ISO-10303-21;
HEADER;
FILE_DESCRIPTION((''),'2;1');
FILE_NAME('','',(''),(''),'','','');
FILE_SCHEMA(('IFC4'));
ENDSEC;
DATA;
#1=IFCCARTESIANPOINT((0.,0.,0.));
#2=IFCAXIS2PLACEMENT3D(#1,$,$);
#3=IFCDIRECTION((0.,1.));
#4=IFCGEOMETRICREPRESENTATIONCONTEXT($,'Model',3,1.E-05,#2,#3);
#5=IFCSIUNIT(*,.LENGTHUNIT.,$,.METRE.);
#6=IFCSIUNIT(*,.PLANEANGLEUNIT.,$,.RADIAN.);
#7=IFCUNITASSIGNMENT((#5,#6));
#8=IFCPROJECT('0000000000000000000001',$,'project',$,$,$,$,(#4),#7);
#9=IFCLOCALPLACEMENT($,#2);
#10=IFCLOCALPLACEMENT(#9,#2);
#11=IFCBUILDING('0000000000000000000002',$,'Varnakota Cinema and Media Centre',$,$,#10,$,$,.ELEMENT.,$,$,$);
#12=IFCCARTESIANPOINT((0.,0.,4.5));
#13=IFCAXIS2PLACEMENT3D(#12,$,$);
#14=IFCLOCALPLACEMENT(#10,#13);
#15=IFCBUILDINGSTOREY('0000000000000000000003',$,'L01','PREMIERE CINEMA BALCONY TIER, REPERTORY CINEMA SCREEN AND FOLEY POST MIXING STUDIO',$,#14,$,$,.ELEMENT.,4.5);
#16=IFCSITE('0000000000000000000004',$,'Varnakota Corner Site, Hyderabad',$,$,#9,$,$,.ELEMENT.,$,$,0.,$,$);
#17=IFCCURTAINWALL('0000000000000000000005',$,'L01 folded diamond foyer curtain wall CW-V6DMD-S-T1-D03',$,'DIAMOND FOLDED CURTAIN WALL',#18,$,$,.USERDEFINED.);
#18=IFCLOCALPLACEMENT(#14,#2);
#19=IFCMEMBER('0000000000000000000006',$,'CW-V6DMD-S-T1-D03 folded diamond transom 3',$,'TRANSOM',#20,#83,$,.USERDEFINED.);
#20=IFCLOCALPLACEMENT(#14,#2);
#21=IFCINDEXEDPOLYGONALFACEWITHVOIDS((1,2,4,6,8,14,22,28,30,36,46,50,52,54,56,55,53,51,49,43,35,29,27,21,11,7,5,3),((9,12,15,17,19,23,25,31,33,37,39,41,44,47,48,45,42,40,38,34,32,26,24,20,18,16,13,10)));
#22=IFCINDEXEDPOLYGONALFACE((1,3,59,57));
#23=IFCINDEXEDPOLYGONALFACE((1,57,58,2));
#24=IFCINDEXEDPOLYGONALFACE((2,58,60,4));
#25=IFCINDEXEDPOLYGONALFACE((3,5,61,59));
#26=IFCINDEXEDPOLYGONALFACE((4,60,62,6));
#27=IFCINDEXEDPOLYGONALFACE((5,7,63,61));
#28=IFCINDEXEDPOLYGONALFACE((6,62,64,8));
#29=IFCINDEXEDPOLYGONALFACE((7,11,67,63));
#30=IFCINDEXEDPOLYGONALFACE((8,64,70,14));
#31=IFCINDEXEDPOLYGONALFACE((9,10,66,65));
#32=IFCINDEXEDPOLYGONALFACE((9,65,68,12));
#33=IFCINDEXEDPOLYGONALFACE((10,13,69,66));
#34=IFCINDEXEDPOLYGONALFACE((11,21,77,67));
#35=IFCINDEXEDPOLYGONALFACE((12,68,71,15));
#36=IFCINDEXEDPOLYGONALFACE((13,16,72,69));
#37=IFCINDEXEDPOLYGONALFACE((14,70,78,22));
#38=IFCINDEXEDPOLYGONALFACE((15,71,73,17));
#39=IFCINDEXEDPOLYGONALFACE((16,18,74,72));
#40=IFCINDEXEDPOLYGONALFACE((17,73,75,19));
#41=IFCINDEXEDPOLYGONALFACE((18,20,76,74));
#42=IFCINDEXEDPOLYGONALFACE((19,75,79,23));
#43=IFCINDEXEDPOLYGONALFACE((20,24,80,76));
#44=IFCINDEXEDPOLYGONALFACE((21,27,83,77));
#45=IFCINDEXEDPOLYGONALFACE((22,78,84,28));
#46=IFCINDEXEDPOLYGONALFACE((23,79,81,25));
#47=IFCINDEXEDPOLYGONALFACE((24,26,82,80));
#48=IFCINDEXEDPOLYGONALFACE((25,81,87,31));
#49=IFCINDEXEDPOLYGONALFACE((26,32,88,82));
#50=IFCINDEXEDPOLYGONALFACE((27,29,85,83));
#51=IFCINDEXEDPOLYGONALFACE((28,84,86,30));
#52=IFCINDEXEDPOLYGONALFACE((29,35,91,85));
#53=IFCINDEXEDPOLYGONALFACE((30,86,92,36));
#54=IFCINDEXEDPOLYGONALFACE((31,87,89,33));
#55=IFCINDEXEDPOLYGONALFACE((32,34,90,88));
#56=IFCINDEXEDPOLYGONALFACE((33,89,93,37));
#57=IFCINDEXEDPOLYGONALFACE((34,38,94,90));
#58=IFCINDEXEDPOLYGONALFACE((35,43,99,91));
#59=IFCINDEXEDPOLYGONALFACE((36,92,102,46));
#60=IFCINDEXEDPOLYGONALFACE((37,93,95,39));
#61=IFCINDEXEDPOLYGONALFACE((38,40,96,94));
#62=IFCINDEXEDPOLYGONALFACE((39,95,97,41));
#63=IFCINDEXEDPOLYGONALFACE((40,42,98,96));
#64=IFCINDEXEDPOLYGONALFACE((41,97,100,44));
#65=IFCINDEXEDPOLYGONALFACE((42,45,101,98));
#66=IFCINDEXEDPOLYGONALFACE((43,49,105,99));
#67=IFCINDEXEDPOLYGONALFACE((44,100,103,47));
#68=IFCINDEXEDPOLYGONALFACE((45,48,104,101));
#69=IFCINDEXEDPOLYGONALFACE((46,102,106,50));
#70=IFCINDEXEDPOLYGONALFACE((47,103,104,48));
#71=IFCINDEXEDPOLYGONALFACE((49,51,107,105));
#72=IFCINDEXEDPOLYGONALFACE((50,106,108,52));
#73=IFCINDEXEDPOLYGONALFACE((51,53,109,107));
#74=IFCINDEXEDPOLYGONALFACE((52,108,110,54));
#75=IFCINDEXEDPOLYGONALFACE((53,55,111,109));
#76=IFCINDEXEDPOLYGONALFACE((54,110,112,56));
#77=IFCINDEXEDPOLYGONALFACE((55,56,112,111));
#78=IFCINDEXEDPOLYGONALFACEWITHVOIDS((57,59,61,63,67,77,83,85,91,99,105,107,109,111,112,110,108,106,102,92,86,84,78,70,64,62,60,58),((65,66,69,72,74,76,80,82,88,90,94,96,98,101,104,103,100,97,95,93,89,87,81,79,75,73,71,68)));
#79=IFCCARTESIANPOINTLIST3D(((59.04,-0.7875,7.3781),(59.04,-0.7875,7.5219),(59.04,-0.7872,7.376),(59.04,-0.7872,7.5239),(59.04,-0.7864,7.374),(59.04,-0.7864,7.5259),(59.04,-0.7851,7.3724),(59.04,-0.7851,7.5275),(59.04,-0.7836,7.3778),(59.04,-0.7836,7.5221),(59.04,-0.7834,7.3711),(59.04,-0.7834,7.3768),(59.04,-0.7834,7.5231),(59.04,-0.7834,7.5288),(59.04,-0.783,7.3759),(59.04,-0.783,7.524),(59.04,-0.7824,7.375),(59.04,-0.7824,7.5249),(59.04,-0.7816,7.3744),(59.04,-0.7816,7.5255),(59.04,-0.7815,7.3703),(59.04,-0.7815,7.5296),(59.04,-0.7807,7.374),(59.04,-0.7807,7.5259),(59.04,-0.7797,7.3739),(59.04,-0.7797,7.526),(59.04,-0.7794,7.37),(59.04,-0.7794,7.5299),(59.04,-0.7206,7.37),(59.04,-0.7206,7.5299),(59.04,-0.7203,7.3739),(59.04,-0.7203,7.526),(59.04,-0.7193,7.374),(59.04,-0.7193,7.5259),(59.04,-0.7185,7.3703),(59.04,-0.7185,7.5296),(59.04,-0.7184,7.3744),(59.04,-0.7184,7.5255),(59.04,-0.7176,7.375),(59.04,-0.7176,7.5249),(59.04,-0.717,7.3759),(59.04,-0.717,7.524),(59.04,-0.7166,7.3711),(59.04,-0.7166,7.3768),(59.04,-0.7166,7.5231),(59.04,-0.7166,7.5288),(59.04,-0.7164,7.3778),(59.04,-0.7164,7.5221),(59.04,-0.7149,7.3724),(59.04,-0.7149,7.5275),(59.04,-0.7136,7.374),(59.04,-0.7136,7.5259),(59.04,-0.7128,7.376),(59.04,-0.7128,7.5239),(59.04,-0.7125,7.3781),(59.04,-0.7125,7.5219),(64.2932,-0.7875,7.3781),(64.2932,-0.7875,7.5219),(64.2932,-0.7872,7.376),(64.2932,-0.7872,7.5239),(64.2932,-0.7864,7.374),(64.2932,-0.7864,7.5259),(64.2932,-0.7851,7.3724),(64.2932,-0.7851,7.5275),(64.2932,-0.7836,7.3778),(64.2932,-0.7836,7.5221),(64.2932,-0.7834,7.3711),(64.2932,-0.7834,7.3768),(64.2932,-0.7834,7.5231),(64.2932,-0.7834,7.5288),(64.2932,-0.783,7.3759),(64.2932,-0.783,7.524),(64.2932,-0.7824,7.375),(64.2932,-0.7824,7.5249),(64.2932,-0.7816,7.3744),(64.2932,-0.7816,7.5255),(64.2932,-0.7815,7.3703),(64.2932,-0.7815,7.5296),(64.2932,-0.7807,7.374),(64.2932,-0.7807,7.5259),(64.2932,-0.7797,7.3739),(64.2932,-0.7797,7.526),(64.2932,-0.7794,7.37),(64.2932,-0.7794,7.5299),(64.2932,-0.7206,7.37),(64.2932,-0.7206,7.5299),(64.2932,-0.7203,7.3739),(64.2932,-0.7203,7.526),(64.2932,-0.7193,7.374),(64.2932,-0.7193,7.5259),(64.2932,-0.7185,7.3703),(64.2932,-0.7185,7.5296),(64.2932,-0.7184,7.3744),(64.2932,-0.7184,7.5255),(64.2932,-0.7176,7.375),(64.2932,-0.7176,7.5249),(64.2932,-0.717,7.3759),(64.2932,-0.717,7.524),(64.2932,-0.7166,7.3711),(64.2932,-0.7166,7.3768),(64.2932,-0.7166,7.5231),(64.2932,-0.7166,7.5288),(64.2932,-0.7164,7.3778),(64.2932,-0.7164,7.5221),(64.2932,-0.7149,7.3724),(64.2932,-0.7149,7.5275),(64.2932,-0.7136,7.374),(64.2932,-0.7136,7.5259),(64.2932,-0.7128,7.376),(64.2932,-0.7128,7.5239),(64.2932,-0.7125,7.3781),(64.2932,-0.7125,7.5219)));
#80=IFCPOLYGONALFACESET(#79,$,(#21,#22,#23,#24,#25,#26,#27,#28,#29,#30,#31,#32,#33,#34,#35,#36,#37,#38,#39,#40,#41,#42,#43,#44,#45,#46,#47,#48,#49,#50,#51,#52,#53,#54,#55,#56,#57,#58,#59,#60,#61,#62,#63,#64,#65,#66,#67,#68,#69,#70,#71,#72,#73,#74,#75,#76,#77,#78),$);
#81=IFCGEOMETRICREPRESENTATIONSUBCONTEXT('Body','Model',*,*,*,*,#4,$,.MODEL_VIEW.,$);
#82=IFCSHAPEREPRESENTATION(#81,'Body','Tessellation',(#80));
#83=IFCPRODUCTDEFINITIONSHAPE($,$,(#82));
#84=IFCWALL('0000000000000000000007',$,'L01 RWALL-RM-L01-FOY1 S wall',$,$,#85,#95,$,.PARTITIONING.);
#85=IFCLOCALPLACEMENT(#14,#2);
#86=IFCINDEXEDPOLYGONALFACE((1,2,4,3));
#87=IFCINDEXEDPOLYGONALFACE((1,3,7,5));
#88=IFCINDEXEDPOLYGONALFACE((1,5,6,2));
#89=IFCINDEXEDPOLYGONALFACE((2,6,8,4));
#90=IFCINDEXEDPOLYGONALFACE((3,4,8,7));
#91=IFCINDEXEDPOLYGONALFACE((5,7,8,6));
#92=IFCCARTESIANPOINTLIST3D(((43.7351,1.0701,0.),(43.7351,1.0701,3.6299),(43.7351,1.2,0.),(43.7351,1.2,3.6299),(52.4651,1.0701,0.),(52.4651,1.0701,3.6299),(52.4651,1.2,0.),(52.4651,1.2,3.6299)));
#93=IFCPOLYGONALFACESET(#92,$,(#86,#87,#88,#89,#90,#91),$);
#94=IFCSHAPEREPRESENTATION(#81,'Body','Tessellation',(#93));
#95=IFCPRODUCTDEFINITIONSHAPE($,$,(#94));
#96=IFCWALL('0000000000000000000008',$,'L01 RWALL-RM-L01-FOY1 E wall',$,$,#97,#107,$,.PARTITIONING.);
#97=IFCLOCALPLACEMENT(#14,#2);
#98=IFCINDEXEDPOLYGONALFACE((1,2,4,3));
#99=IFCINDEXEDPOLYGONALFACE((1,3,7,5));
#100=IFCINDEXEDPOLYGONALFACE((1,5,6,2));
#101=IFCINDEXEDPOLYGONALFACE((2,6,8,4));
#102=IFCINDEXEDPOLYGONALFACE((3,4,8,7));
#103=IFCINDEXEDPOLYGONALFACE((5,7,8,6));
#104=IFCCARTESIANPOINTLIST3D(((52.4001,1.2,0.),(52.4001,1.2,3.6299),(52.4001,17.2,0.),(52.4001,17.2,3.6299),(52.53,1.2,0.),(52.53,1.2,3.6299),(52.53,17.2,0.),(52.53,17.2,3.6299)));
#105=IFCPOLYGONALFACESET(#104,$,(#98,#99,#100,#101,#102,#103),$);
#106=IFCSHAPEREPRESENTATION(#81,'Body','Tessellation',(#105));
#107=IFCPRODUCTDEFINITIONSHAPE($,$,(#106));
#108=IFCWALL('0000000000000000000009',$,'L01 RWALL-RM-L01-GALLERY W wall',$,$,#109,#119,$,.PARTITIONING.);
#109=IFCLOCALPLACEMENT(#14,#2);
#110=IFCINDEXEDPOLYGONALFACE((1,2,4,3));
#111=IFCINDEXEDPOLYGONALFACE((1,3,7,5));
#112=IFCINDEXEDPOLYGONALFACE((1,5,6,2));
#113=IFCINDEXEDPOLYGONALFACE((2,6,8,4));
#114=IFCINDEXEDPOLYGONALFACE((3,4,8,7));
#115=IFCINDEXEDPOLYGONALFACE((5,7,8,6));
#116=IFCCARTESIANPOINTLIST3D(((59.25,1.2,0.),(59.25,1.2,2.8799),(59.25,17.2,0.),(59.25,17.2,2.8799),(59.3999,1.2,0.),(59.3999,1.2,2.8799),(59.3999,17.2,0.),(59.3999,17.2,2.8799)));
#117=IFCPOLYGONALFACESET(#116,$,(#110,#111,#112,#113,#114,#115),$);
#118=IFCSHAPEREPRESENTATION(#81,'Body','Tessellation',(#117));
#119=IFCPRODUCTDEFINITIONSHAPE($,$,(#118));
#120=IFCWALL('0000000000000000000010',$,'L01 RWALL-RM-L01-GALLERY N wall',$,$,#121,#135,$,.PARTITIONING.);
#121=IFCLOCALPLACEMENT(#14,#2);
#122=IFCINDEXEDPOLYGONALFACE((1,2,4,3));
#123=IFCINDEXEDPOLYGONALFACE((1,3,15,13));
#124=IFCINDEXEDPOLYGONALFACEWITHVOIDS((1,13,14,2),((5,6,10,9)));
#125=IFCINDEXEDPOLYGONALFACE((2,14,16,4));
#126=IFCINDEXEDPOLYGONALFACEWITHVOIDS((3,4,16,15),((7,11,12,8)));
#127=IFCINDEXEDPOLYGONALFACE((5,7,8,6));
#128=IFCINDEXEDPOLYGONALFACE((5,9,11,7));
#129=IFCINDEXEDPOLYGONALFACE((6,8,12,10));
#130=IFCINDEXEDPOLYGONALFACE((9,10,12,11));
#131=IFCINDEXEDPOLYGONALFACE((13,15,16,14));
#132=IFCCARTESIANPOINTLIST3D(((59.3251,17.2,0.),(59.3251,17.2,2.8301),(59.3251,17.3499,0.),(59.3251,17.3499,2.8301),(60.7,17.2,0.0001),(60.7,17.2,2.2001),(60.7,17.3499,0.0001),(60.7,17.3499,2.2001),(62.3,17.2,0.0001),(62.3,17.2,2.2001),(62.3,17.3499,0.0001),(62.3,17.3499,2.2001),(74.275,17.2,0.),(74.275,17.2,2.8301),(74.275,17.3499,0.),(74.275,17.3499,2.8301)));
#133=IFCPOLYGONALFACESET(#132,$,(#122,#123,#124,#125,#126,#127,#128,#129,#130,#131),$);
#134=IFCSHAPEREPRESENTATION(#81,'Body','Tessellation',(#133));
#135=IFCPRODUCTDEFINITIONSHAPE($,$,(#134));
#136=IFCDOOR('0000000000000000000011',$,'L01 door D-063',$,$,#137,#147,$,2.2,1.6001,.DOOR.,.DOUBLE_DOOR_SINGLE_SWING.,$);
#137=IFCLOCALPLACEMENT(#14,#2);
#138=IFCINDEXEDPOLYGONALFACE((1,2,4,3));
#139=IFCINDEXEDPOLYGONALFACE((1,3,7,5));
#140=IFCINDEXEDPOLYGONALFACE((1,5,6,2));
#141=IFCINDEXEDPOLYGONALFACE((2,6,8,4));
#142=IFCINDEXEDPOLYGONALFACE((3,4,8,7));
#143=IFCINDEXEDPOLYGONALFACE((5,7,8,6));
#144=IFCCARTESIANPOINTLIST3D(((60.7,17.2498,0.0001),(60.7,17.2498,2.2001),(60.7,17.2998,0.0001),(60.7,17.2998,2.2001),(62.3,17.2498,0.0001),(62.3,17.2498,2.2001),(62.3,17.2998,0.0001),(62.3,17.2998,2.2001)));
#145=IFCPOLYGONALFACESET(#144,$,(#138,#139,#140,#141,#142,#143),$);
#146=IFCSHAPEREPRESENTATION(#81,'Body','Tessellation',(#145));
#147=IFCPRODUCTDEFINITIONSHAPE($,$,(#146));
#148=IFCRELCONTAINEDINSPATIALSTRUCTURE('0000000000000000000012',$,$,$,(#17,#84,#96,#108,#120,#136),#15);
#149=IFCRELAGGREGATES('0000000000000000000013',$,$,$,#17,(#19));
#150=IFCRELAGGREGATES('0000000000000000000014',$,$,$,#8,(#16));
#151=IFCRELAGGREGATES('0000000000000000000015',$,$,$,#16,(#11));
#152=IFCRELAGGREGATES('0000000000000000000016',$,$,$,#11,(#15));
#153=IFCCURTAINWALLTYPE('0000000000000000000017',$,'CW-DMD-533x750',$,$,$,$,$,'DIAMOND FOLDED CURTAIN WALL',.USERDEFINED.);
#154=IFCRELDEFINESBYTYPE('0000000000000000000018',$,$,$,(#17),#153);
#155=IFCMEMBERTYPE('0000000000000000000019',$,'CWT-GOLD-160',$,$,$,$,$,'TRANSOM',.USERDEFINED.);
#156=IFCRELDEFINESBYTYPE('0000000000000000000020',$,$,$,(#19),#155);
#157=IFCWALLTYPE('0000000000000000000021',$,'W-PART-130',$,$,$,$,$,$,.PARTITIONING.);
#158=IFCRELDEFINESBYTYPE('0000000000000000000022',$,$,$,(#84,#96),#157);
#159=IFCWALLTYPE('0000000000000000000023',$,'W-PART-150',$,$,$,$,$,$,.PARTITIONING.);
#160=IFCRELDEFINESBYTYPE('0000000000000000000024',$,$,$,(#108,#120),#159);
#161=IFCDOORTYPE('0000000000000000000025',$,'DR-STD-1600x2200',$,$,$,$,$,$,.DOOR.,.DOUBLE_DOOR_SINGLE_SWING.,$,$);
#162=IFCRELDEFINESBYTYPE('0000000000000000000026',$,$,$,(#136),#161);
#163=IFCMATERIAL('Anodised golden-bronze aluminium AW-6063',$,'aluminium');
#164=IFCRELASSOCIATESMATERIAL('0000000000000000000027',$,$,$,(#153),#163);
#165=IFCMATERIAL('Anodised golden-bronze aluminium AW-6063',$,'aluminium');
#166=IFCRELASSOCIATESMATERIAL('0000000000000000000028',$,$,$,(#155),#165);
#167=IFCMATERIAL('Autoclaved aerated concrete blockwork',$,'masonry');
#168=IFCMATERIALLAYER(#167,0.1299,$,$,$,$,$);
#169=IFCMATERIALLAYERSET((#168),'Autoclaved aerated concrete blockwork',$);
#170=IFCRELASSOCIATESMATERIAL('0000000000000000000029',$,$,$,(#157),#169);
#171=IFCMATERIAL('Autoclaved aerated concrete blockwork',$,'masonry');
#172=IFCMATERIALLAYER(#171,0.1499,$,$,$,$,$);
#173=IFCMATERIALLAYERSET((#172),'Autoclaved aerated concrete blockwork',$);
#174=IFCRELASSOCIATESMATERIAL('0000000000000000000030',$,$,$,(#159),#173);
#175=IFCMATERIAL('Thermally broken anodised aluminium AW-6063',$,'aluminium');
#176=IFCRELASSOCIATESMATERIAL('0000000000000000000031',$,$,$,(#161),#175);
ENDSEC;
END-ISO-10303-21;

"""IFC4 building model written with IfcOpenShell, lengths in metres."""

from ifc_helpers import new_model, si_unit, direction, frame, frame_2d, origin, origin_2d, place, context, subcontext, project, spatial, rectangle, hollow_rectangle, extrude, material, layer, layer_set, material_profile, profile_set, type_object, element, fill, aggregate, save


model = new_model("IFC4")

# Units and contexts
model_context = context("Model", 3, precision=1e-05, world=origin(), true_north=direction((0.0, 1.0)))
body_context = subcontext(model_context, "Body", "Model", "MODEL_VIEW")
ifc_project = project(units=[si_unit("LENGTHUNIT", "METRE"), si_unit("PLANEANGLEUNIT", "RADIAN")], contexts=[model_context])

# Site, building, storey
site_placement = place(None, origin())
site = spatial("IfcSite", under=ifc_project, at=site_placement, Name="Varnakota Corner Site, Hyderabad", CompositionType="ELEMENT", RefElevation=0.0)
building_placement = place(site_placement, origin())
building = spatial("IfcBuilding", under=site, at=building_placement, Name="Varnakota Cinema and Media Centre", CompositionType="ELEMENT")
storey_placement = place(building_placement, frame((0.0, 0.0, 4.5)))
storey = spatial("IfcBuildingStorey", under=building, at=storey_placement, Name="L01", Description="PREMIERE CINEMA BALCONY TIER, REPERTORY CINEMA SCREEN AND FOLEY POST MIXING STUDIO", CompositionType="ELEMENT", Elevation=4.5)

# Curtain wall, member
ifc_material_1 = material(Name="Anodised golden-bronze aluminium AW-6063", Category="aluminium")
curtain_wall_type = type_object("IfcCurtainWallType", Name="CW-DMD-533x750", ElementType="DIAMOND FOLDED CURTAIN WALL", PredefinedType="USERDEFINED", material=ifc_material_1)
curtain_wall_placement = place(storey_placement, origin())
curtain_wall = element("IfcCurtainWall", 1, at=curtain_wall_placement, inside=storey, type_object=curtain_wall_type, Name="L01 folded diamond foyer curtain wall CW-V6DMD-S-T1-D03", ObjectType="DIAMOND FOLDED CURTAIN WALL", PredefinedType="USERDEFINED")
ifc_material_2 = material(Name="Anodised golden-bronze aluminium AW-6063", Category="aluminium")
ifc_material_profile_1 = material_profile(ifc_material_2, hollow_rectangle(XDim=0.075, YDim=0.1599, WallThickness=0.0039, InnerFilletRadius=0.0039, OuterFilletRadius=0.0081, at=origin_2d()), Name="AL-TRANSOM 160x75x4")
ifc_profile_set_1 = profile_set([ifc_material_profile_1], Name="Anodised golden-bronze aluminium AW-6063")
member_type_1 = type_object("IfcMemberType", Name="CWT-GOLD-160", ElementType="TRANSOM", PredefinedType="USERDEFINED", material=ifc_profile_set_1)
member_1_placement = place(storey_placement, frame((64.2932, -0.75, 7.45), z_axis=(-1.0, 0.0, 0.0), x_axis=(0.0, -1.0, 0.0)))
member_1 = element("IfcMember", 2, at=member_1_placement, type_object=member_type_1, Name="CW-V6DMD-S-T1-D03 folded diamond transom 3", ObjectType="TRANSOM", PredefinedType="USERDEFINED", context=body_context, shape_type="SweptSolid", body=[
    extrude(hollow_rectangle(XDim=0.075, YDim=0.1599, WallThickness=0.0039, InnerFilletRadius=0.0039, OuterFilletRadius=0.0081, at=origin_2d()), origin(), (0.0, 0.0, 1.0), 5.2532),
])
aggregate(curtain_wall, [member_1])

# Walls
ifc_material_3 = material(Name="Autoclaved aerated concrete blockwork", Category="masonry")
ifc_layer_1 = layer(ifc_material_3, 0.1299)
ifc_layer_set_1 = layer_set([ifc_layer_1], Name="Autoclaved aerated concrete blockwork")
wall_type_1 = type_object("IfcWallType", Name="W-PART-130", PredefinedType="PARTITIONING", material=ifc_layer_set_1)
wall_1_placement = place(storey_placement, frame((52.4651, 1.135, 0.0), z_axis=(0.0, 0.0, 1.0), x_axis=(-1.0, 0.0, 0.0)))
element("IfcWall", 3, at=wall_1_placement, inside=storey, type_object=wall_type_1, Name="L01 RWALL-RM-L01-FOY1 S wall", PredefinedType="PARTITIONING", context=body_context, shape_type="SweptSolid", body=[
    extrude(rectangle(XDim=8.73, YDim=0.1299, at=frame_2d((4.365, 0.0))), origin(), (0.0, 0.0, 1.0), 3.6299),
])
wall_2_placement = place(storey_placement, frame((52.4651, 17.2, 0.0), z_axis=(0.0, 0.0, 1.0), x_axis=(0.0, -1.0, 0.0)))
element("IfcWall", 4, at=wall_2_placement, inside=storey, type_object=wall_type_1, Name="L01 RWALL-RM-L01-FOY1 E wall", PredefinedType="PARTITIONING", context=body_context, shape_type="SweptSolid", body=[
    extrude(rectangle(XDim=16.0, YDim=0.1299, at=frame_2d((8.0, 0.0))), origin(), (0.0, 0.0, 1.0), 3.6299),
])
ifc_material_4 = material(Name="Autoclaved aerated concrete blockwork", Category="masonry")
ifc_layer_2 = layer(ifc_material_4, 0.1499)
ifc_layer_set_2 = layer_set([ifc_layer_2], Name="Autoclaved aerated concrete blockwork")
wall_type_2 = type_object("IfcWallType", Name="W-PART-150", PredefinedType="PARTITIONING", material=ifc_layer_set_2)
wall_3_placement = place(storey_placement, frame((59.325, 1.2, 0.0), z_axis=(0.0, 0.0, 1.0), x_axis=(0.0, 1.0, 0.0)))
element("IfcWall", 5, at=wall_3_placement, inside=storey, type_object=wall_type_2, Name="L01 RWALL-RM-L01-GALLERY W wall", PredefinedType="PARTITIONING", context=body_context, shape_type="SweptSolid", body=[
    extrude(rectangle(XDim=16.0, YDim=0.1499, at=frame_2d((8.0, 0.0))), origin(), (0.0, 0.0, 1.0), 2.8799),
])

# Wall, opening, door
wall_4_placement = place(storey_placement, frame((59.325, 17.2749, 0.0), z_axis=(0.0, 0.0, 1.0), x_axis=(1.0, 0.0, 0.0)))
wall_4 = element("IfcWall", 6, at=wall_4_placement, inside=storey, type_object=wall_type_2, Name="L01 RWALL-RM-L01-GALLERY N wall", PredefinedType="PARTITIONING", context=body_context, shape_type="SweptSolid", body=[
    extrude(rectangle(XDim=14.95, YDim=0.1499, at=frame_2d((7.4751, 0.0))), origin(), (0.0, 0.0, 1.0), 2.8301),
])
opening_1_placement = place(wall_4_placement, frame((1.375, 0.0, 0.0)))
opening_1 = element("IfcOpeningElement", 7, at=opening_1_placement, cuts=wall_4, PredefinedType="OPENING", context=body_context, shape_type="SweptSolid", body=[
    extrude(rectangle(XDim=1.6001, YDim=2.2, at=frame_2d((0.8, 1.1001))), frame((0.0, 0.075, 0.0), z_axis=(0.0, -1.0, 0.0), x_axis=(1.0, 0.0, 0.0)), (0.0, 0.0, 1.0), 0.1499),
])
ifc_material_5 = material(Name="Thermally broken anodised aluminium AW-6063", Category="aluminium")
door_type_1 = type_object("IfcDoorType", Name="DR-STD-1600x2200", OperationType="DOUBLE_DOOR_SINGLE_SWING", PredefinedType="DOOR", material=ifc_material_5)
door_1_placement = place(opening_1_placement, origin())
door_1 = element("IfcDoor", 8, at=door_1_placement, inside=storey, type_object=door_type_1, Name="L01 door D-063", OperationType="DOUBLE_DOOR_SINGLE_SWING", OverallHeight=2.2, OverallWidth=1.6001, PredefinedType="DOOR", context=body_context, shape_type="SweptSolid", body=[
    extrude(rectangle(XDim=1.6001, YDim=2.2, at=frame_2d((0.8, 1.1001))), frame((0.0, 0.0249, 0.0), z_axis=(0.0, -1.0, 0.0), x_axis=(1.0, 0.0, 0.0)), (0.0, 0.0, 1.0), 0.05),
])
fill(opening_1, door_1)

save(model, "model.ifc")
